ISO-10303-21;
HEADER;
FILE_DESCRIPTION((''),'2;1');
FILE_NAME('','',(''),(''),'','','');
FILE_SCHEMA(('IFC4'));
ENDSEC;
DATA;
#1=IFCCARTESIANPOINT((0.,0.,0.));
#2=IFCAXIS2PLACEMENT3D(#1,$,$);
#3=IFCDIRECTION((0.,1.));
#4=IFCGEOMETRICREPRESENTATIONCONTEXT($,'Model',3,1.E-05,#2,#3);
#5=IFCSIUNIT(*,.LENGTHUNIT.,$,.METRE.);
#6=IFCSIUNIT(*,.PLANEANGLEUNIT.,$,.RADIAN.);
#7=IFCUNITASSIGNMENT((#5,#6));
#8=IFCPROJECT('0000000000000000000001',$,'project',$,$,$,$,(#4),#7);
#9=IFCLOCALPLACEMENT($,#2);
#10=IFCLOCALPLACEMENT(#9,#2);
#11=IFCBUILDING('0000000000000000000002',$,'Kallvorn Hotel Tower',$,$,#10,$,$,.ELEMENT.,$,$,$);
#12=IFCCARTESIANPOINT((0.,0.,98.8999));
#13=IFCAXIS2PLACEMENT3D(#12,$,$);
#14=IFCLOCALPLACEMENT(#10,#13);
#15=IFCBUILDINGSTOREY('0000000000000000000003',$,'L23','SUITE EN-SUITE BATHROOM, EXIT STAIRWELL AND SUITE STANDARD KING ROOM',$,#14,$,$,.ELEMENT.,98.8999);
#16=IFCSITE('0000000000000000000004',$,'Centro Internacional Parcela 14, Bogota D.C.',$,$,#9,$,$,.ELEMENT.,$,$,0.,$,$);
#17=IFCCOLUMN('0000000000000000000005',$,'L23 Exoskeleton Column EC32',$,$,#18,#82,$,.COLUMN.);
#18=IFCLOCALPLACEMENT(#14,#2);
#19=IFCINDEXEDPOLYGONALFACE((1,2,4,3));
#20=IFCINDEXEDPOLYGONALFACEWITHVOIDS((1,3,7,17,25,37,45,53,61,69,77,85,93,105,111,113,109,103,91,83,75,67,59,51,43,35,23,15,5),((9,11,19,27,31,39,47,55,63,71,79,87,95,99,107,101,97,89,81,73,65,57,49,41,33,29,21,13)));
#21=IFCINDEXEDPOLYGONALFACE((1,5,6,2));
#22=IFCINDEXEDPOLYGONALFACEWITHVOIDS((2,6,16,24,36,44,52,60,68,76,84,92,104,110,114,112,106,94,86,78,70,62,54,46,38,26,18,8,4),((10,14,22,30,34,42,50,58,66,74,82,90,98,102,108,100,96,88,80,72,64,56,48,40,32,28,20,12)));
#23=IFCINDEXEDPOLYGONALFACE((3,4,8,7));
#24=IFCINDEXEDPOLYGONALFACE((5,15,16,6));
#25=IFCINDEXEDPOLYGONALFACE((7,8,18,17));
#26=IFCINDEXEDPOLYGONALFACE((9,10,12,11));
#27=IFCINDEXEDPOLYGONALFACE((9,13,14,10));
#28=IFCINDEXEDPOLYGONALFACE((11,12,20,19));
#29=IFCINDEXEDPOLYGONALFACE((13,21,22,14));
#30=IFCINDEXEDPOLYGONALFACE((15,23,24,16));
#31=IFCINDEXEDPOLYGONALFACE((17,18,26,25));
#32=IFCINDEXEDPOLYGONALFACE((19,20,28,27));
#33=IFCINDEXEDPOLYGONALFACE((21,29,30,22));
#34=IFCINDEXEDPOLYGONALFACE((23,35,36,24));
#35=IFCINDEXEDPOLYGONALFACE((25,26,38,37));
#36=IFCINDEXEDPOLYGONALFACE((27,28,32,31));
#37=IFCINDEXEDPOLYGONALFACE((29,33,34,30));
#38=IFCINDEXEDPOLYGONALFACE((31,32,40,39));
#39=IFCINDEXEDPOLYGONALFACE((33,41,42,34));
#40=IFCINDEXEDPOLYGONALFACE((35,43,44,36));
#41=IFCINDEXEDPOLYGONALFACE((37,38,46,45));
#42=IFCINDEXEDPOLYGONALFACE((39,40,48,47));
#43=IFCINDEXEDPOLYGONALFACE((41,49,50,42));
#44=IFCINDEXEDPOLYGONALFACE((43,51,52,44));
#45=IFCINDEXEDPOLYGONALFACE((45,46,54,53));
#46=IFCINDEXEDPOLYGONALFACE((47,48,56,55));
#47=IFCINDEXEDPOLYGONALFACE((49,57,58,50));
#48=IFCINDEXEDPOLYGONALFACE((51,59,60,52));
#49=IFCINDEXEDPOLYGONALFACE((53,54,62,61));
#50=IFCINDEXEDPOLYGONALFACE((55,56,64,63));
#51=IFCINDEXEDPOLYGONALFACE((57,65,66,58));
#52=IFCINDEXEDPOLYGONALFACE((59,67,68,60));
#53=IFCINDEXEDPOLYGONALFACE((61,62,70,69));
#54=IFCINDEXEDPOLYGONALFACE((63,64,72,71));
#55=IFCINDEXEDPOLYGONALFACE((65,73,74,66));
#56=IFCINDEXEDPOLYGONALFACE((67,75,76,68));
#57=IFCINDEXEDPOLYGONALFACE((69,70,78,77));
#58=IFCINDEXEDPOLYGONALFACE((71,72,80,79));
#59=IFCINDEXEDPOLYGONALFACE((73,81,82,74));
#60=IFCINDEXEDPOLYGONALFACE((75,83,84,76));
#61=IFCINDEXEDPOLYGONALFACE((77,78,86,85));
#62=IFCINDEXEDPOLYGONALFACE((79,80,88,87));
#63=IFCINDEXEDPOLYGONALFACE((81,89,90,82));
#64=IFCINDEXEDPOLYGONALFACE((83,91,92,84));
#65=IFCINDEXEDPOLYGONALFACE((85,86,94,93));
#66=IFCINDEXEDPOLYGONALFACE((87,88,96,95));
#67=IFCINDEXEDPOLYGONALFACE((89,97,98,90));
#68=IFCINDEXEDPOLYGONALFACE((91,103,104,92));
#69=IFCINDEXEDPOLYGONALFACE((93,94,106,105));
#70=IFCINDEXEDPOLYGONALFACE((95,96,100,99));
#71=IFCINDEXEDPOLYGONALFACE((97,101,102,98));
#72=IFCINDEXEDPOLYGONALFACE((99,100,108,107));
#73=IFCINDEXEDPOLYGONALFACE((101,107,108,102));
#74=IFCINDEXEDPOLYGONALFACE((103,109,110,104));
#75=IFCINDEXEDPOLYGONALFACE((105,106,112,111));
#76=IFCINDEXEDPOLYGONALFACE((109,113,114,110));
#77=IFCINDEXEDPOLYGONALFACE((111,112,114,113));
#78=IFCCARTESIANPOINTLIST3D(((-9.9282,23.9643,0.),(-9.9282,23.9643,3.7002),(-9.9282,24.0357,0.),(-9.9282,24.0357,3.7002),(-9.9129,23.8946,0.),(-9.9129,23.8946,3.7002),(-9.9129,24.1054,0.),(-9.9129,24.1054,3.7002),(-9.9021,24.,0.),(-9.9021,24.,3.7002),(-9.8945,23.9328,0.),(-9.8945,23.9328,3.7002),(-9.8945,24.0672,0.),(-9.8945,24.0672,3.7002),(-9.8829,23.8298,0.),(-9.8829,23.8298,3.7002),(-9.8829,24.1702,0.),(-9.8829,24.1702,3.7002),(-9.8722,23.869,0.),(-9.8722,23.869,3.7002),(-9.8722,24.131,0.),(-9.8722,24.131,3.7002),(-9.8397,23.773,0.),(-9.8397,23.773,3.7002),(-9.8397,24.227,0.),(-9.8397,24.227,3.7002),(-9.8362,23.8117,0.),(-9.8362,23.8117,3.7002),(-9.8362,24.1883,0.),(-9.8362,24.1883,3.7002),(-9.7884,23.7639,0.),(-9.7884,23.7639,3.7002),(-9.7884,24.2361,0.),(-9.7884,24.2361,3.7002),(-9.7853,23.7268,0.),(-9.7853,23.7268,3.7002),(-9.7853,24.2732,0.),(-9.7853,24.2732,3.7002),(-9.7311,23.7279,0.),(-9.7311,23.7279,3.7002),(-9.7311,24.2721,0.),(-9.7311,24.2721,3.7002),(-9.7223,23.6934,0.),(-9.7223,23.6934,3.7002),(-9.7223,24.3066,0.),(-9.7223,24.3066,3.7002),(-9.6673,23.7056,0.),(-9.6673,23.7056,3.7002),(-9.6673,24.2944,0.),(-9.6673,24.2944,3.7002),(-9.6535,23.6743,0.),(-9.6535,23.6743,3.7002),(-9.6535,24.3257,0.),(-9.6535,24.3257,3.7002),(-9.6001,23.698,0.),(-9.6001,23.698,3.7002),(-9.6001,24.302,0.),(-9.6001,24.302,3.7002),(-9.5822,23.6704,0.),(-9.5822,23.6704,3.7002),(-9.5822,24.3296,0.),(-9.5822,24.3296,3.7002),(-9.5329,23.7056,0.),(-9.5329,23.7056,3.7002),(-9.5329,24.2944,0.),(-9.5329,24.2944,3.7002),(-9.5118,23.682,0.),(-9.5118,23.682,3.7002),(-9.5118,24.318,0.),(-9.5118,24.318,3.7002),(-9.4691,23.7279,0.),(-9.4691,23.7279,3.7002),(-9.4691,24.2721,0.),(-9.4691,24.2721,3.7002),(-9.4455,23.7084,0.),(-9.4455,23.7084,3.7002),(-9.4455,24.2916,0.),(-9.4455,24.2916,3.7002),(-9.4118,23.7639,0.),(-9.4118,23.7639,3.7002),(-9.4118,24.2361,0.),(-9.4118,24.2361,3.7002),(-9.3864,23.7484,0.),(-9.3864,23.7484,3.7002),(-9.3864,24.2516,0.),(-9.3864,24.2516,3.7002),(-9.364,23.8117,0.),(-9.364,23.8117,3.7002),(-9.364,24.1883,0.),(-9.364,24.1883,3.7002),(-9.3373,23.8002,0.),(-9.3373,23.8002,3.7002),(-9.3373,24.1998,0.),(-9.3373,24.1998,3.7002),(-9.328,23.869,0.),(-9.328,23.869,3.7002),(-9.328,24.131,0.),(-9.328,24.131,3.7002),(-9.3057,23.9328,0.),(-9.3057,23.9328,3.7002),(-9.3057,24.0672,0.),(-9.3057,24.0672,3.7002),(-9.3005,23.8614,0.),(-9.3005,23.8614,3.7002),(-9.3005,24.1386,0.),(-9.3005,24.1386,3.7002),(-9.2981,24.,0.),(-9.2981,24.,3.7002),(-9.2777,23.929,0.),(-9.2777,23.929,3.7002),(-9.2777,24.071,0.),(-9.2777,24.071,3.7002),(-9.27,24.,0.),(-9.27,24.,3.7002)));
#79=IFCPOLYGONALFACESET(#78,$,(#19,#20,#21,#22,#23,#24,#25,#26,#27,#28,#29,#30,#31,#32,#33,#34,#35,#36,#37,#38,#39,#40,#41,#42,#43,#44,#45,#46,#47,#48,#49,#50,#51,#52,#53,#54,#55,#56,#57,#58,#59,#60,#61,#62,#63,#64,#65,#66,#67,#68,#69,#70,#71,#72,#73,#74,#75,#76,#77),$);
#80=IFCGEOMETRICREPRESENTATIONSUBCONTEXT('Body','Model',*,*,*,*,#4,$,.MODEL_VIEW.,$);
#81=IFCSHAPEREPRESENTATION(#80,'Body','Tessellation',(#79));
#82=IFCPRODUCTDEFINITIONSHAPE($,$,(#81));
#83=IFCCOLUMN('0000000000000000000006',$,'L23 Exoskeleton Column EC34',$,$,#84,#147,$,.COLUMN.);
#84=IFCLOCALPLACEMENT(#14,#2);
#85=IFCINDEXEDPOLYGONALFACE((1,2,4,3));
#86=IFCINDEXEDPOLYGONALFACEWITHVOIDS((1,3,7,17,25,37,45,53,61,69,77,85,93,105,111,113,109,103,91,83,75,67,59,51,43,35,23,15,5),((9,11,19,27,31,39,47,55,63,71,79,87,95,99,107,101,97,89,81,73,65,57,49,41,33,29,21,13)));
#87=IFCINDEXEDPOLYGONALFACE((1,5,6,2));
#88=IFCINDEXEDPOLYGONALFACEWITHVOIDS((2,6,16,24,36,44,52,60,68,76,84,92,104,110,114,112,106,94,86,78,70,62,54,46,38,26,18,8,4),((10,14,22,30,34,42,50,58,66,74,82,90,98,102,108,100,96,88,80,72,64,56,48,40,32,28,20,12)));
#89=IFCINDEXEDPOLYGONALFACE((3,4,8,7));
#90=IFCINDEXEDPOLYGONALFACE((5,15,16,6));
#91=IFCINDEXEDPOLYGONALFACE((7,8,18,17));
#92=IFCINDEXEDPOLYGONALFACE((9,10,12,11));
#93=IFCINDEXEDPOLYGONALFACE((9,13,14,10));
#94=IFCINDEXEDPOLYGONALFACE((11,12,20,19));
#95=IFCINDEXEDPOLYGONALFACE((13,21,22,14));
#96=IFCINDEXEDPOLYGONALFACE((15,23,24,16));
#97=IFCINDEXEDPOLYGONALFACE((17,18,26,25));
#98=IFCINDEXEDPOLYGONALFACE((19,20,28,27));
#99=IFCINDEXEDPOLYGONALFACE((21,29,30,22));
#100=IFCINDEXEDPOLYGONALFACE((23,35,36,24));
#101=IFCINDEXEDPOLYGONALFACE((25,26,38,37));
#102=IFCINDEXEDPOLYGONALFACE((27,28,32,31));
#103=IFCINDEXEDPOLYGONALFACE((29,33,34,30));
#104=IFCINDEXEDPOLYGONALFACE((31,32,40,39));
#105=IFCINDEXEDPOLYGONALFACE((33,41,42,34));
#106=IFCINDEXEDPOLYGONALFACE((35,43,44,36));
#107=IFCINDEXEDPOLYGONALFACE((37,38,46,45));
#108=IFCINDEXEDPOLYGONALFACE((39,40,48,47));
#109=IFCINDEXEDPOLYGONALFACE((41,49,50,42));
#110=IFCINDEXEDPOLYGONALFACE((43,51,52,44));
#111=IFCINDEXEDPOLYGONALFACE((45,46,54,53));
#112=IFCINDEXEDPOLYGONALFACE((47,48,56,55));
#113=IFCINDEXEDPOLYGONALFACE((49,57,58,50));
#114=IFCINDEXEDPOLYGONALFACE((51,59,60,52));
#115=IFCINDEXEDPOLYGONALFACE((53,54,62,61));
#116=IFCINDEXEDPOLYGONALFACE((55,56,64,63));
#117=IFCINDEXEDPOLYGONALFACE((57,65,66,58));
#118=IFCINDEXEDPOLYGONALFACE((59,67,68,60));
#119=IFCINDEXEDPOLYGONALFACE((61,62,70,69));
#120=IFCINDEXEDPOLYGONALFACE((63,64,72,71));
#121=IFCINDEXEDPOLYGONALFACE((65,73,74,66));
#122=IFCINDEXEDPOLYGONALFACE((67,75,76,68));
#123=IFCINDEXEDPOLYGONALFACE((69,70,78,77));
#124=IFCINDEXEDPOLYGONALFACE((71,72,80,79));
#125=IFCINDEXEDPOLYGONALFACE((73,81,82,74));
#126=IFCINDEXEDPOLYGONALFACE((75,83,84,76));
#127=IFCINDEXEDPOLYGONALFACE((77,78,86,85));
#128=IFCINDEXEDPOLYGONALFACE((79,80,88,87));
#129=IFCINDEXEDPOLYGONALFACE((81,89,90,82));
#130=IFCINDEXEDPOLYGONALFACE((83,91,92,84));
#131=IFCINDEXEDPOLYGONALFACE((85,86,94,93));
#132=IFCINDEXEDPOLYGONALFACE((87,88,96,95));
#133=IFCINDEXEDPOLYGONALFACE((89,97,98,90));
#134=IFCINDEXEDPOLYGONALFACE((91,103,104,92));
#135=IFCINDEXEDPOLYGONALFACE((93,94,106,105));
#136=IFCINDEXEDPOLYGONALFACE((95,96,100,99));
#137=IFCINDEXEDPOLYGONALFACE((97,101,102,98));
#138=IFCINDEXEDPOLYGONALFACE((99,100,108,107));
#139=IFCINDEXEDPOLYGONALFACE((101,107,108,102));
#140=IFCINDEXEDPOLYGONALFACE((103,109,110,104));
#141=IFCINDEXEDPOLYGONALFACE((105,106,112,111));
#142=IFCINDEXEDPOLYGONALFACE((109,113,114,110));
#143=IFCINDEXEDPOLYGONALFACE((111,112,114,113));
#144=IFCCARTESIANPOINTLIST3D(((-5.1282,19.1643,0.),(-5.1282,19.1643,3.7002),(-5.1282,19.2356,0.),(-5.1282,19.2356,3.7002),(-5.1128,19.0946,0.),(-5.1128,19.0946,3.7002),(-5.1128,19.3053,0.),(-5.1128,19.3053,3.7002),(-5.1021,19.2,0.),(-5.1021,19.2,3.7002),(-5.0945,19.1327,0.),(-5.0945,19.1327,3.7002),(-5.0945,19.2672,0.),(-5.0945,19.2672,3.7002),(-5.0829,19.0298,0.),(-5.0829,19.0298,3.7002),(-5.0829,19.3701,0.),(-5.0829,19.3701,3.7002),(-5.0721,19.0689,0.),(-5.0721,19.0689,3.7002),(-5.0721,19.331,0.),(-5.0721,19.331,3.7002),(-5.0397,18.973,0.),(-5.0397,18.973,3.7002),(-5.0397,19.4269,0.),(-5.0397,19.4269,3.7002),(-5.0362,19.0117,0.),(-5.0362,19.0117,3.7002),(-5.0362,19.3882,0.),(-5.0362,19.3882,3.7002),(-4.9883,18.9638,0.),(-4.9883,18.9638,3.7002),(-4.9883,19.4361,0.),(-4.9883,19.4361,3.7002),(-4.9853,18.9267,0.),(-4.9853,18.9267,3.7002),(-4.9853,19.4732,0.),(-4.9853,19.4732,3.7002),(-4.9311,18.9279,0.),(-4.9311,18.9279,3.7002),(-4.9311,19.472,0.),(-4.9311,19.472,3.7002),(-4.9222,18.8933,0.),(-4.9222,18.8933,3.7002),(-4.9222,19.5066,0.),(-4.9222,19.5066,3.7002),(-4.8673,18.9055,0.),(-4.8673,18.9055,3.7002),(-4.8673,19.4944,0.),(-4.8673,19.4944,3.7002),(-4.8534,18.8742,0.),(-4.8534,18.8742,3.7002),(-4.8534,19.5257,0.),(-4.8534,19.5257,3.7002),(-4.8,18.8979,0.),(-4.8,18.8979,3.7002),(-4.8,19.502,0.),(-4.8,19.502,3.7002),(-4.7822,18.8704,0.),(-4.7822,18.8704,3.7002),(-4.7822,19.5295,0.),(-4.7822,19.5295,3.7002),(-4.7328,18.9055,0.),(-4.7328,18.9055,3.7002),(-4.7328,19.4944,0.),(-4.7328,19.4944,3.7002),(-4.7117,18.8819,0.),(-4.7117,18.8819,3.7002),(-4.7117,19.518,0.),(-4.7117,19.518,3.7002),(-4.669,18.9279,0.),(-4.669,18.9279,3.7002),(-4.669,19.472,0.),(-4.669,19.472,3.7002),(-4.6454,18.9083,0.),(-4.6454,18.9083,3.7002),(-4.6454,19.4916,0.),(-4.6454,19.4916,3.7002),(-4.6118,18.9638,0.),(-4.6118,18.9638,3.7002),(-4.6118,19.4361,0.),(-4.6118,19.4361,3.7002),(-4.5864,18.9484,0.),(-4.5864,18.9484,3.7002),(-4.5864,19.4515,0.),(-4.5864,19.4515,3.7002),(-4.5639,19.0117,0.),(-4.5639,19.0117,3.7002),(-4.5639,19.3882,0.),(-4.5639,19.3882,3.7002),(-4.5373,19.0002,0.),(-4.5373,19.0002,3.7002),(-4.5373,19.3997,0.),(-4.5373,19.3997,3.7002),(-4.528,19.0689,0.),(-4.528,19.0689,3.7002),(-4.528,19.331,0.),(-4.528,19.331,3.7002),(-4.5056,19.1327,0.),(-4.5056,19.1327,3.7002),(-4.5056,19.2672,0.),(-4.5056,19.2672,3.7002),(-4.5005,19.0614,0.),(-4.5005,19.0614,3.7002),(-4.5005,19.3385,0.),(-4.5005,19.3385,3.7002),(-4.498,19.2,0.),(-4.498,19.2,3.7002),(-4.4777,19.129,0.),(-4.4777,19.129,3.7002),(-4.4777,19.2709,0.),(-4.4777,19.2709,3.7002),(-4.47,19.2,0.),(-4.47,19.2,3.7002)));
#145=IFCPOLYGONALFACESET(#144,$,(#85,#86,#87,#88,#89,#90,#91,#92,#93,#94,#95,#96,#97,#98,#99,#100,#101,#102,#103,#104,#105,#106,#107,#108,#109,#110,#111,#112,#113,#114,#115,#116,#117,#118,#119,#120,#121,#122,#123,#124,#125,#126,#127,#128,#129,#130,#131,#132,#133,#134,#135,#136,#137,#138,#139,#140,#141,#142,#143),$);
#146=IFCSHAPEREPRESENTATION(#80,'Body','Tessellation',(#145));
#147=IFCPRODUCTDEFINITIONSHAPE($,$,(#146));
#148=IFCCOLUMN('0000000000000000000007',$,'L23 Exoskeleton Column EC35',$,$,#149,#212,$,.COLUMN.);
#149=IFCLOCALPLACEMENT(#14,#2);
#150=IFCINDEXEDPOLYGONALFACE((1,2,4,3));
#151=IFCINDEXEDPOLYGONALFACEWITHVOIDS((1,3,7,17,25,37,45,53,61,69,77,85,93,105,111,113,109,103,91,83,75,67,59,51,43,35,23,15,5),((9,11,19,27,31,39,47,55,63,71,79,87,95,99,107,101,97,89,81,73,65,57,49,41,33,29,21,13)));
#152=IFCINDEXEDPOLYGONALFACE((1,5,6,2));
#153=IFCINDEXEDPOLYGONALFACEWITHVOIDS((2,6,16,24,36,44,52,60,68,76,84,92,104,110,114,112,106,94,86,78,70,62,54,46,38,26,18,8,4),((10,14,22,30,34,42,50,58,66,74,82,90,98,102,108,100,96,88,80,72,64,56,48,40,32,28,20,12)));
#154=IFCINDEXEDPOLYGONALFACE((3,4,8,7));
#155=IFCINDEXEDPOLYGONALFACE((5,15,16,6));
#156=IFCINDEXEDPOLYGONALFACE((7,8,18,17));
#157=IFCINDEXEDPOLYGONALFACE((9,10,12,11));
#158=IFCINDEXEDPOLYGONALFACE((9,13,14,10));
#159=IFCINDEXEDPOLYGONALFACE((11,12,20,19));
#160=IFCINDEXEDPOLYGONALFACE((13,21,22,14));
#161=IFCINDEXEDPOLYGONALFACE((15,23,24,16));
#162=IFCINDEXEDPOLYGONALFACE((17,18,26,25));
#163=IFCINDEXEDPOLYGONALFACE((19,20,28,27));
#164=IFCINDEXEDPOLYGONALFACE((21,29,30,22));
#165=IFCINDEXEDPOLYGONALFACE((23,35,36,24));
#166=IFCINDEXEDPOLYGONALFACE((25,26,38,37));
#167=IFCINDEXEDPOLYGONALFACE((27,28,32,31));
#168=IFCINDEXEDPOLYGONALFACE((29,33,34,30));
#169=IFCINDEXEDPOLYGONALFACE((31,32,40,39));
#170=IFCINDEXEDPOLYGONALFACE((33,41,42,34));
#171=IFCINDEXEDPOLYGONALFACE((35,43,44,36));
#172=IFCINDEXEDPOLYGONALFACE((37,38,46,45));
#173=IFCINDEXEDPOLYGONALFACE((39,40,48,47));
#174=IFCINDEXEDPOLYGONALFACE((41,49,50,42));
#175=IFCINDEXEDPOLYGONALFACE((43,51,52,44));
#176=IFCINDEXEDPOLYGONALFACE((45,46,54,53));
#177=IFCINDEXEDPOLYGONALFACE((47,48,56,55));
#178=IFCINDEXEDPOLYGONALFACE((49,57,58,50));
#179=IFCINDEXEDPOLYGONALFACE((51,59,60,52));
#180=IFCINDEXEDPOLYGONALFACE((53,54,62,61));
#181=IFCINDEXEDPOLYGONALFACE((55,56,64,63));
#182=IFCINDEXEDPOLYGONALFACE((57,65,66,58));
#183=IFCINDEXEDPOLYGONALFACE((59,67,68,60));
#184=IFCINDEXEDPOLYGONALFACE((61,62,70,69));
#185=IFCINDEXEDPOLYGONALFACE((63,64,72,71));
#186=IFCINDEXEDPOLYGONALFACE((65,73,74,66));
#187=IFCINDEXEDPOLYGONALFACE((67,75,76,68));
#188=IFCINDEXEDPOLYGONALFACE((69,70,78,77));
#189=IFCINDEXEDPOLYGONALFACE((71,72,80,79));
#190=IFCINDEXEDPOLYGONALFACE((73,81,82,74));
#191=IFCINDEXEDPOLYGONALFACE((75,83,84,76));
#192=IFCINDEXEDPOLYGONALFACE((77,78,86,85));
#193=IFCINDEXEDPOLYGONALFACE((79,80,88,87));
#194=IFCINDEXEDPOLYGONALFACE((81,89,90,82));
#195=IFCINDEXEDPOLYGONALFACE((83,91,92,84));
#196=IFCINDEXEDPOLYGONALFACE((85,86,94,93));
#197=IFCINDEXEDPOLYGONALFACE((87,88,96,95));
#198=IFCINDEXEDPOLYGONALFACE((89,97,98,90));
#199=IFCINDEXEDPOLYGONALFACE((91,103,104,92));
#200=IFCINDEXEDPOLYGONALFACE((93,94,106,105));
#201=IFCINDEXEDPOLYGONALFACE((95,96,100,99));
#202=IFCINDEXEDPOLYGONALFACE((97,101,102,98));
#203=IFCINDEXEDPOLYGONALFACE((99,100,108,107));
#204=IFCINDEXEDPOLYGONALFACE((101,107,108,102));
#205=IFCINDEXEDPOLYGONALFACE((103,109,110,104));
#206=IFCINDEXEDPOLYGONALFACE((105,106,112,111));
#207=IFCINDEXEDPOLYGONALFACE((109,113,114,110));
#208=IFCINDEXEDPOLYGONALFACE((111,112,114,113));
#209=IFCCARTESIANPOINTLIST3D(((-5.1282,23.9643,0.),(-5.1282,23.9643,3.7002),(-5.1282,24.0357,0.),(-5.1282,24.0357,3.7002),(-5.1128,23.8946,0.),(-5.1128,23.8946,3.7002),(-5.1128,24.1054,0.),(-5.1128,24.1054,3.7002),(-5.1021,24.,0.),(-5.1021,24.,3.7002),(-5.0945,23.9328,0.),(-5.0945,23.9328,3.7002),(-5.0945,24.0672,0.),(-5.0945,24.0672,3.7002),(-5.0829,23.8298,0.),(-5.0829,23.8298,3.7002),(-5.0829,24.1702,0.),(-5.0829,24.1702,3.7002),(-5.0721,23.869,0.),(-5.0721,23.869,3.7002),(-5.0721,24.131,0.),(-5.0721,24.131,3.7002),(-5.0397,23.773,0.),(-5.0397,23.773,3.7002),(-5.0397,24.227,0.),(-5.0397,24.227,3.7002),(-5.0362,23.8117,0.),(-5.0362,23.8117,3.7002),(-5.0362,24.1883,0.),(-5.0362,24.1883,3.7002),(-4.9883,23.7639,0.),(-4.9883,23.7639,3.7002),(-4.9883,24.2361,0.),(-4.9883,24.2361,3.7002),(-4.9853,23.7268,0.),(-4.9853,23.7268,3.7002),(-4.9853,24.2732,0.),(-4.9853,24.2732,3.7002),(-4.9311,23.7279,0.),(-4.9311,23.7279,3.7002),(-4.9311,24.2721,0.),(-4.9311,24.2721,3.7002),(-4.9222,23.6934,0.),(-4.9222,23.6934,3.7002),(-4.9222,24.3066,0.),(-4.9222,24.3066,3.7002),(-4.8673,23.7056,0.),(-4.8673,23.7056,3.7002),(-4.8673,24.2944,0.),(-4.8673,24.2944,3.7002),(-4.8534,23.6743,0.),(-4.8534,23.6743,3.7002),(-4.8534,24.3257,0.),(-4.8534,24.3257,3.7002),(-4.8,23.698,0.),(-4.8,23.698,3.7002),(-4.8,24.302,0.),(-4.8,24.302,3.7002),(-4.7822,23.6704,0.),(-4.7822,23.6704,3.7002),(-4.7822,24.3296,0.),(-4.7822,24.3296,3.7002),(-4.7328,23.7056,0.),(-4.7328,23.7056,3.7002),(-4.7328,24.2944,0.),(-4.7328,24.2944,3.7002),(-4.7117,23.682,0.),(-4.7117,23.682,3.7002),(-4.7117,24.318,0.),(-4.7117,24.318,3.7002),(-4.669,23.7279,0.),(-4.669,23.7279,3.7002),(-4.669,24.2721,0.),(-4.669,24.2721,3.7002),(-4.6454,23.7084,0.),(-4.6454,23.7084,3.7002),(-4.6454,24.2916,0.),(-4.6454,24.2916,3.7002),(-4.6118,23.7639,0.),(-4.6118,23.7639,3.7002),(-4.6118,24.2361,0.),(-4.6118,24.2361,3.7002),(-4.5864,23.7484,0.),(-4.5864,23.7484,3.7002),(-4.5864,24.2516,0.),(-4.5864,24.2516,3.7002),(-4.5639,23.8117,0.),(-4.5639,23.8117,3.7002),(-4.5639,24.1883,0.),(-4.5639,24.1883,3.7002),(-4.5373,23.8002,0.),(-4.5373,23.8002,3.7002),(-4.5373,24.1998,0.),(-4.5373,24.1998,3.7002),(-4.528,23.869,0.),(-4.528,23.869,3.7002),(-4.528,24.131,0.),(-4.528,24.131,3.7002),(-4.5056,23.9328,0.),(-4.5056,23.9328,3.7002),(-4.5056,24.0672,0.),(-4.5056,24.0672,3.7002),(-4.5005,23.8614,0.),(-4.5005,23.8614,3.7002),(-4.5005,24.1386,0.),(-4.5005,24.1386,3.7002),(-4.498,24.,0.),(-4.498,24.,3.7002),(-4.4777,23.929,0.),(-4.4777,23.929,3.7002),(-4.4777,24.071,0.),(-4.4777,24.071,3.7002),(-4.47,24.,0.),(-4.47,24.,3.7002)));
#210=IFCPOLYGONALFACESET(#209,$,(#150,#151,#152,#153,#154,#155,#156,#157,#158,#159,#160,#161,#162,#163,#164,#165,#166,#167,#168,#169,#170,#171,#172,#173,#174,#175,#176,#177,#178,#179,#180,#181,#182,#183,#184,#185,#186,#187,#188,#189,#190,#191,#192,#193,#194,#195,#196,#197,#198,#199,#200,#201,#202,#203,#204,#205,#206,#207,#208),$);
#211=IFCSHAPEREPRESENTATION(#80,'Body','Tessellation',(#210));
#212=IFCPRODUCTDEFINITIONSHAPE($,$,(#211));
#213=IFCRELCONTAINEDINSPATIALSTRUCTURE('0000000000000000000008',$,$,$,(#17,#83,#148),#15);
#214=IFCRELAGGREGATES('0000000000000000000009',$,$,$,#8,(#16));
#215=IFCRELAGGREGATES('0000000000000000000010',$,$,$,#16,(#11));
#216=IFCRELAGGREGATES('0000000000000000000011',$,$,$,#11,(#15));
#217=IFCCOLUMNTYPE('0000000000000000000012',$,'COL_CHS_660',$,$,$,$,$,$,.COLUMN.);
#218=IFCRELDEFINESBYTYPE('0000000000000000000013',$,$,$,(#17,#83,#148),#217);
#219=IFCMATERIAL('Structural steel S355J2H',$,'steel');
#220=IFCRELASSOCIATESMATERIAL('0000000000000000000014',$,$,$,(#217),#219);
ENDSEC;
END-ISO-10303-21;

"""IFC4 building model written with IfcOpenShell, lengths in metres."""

from ifc_helpers import new_model, si_unit, direction, frame, origin, origin_2d, place, context, subcontext, project, spatial, hollow_circle, extrude, material, material_profile, profile_set, type_object, element, save


model = new_model("IFC4")

# Units and contexts
model_context = context("Model", 3, precision=1e-05, world=origin(), true_north=direction((0.0, 1.0)))
body_context = subcontext(model_context, "Body", "Model", "MODEL_VIEW")
ifc_project = project(units=[si_unit("LENGTHUNIT", "METRE"), si_unit("PLANEANGLEUNIT", "RADIAN")], contexts=[model_context])

# Site, building, storey
site_placement = place(None, origin())
site = spatial("IfcSite", under=ifc_project, at=site_placement, Name="Centro Internacional Parcela 14, Bogota D.C.", CompositionType="ELEMENT", RefElevation=0.0)
building_placement = place(site_placement, origin())
building = spatial("IfcBuilding", under=site, at=building_placement, Name="Kallvorn Hotel Tower", CompositionType="ELEMENT")
storey_placement = place(building_placement, frame((0.0, 0.0, 98.8999)))
storey = spatial("IfcBuildingStorey", under=building, at=storey_placement, Name="L23", Description="SUITE EN-SUITE BATHROOM, EXIT STAIRWELL AND SUITE STANDARD KING ROOM", CompositionType="ELEMENT", Elevation=98.8999)

# Columns
ifc_material_1 = material(Name="Structural steel S355J2H", Category="steel")
ifc_material_profile_1 = material_profile(ifc_material_1, hollow_circle(Radius=0.3301, WallThickness=0.0281, at=origin_2d()), Name="CHS 660x28")
ifc_profile_set_1 = profile_set([ifc_material_profile_1], Name="Structural steel S355J2H")
column_type_1 = type_object("IfcColumnType", Name="COL_CHS_660", PredefinedType="COLUMN", material=ifc_profile_set_1)
for number, where, z_axis, x_axis, name in (
    (1, (-9.6001, 24.0, 0.0), (0.0, 0.0, 1.0), (1.0, 0.0, 0.0), "L23 Exoskeleton Column EC32"),
    (2, (-4.8, 19.2, 0.0), (0.0, 0.0, 1.0), (1.0, 0.0, 0.0), "L23 Exoskeleton Column EC34"),
    (3, (-4.8, 24.0, 0.0), (0.0, 0.0, 1.0), (1.0, 0.0, 0.0), "L23 Exoskeleton Column EC35"),
):
    element("IfcColumn", number, at=place(storey_placement, frame(where, z_axis=z_axis, x_axis=x_axis)), inside=storey, type_object=column_type_1, Name=name, PredefinedType="COLUMN", context=body_context, shape_type="SweptSolid", body=[
        extrude(hollow_circle(Radius=0.3301, WallThickness=0.0281, at=origin_2d()), origin(), (0.0, 0.0, 1.0), 3.7002),
    ])

save(model, "model.ifc")
